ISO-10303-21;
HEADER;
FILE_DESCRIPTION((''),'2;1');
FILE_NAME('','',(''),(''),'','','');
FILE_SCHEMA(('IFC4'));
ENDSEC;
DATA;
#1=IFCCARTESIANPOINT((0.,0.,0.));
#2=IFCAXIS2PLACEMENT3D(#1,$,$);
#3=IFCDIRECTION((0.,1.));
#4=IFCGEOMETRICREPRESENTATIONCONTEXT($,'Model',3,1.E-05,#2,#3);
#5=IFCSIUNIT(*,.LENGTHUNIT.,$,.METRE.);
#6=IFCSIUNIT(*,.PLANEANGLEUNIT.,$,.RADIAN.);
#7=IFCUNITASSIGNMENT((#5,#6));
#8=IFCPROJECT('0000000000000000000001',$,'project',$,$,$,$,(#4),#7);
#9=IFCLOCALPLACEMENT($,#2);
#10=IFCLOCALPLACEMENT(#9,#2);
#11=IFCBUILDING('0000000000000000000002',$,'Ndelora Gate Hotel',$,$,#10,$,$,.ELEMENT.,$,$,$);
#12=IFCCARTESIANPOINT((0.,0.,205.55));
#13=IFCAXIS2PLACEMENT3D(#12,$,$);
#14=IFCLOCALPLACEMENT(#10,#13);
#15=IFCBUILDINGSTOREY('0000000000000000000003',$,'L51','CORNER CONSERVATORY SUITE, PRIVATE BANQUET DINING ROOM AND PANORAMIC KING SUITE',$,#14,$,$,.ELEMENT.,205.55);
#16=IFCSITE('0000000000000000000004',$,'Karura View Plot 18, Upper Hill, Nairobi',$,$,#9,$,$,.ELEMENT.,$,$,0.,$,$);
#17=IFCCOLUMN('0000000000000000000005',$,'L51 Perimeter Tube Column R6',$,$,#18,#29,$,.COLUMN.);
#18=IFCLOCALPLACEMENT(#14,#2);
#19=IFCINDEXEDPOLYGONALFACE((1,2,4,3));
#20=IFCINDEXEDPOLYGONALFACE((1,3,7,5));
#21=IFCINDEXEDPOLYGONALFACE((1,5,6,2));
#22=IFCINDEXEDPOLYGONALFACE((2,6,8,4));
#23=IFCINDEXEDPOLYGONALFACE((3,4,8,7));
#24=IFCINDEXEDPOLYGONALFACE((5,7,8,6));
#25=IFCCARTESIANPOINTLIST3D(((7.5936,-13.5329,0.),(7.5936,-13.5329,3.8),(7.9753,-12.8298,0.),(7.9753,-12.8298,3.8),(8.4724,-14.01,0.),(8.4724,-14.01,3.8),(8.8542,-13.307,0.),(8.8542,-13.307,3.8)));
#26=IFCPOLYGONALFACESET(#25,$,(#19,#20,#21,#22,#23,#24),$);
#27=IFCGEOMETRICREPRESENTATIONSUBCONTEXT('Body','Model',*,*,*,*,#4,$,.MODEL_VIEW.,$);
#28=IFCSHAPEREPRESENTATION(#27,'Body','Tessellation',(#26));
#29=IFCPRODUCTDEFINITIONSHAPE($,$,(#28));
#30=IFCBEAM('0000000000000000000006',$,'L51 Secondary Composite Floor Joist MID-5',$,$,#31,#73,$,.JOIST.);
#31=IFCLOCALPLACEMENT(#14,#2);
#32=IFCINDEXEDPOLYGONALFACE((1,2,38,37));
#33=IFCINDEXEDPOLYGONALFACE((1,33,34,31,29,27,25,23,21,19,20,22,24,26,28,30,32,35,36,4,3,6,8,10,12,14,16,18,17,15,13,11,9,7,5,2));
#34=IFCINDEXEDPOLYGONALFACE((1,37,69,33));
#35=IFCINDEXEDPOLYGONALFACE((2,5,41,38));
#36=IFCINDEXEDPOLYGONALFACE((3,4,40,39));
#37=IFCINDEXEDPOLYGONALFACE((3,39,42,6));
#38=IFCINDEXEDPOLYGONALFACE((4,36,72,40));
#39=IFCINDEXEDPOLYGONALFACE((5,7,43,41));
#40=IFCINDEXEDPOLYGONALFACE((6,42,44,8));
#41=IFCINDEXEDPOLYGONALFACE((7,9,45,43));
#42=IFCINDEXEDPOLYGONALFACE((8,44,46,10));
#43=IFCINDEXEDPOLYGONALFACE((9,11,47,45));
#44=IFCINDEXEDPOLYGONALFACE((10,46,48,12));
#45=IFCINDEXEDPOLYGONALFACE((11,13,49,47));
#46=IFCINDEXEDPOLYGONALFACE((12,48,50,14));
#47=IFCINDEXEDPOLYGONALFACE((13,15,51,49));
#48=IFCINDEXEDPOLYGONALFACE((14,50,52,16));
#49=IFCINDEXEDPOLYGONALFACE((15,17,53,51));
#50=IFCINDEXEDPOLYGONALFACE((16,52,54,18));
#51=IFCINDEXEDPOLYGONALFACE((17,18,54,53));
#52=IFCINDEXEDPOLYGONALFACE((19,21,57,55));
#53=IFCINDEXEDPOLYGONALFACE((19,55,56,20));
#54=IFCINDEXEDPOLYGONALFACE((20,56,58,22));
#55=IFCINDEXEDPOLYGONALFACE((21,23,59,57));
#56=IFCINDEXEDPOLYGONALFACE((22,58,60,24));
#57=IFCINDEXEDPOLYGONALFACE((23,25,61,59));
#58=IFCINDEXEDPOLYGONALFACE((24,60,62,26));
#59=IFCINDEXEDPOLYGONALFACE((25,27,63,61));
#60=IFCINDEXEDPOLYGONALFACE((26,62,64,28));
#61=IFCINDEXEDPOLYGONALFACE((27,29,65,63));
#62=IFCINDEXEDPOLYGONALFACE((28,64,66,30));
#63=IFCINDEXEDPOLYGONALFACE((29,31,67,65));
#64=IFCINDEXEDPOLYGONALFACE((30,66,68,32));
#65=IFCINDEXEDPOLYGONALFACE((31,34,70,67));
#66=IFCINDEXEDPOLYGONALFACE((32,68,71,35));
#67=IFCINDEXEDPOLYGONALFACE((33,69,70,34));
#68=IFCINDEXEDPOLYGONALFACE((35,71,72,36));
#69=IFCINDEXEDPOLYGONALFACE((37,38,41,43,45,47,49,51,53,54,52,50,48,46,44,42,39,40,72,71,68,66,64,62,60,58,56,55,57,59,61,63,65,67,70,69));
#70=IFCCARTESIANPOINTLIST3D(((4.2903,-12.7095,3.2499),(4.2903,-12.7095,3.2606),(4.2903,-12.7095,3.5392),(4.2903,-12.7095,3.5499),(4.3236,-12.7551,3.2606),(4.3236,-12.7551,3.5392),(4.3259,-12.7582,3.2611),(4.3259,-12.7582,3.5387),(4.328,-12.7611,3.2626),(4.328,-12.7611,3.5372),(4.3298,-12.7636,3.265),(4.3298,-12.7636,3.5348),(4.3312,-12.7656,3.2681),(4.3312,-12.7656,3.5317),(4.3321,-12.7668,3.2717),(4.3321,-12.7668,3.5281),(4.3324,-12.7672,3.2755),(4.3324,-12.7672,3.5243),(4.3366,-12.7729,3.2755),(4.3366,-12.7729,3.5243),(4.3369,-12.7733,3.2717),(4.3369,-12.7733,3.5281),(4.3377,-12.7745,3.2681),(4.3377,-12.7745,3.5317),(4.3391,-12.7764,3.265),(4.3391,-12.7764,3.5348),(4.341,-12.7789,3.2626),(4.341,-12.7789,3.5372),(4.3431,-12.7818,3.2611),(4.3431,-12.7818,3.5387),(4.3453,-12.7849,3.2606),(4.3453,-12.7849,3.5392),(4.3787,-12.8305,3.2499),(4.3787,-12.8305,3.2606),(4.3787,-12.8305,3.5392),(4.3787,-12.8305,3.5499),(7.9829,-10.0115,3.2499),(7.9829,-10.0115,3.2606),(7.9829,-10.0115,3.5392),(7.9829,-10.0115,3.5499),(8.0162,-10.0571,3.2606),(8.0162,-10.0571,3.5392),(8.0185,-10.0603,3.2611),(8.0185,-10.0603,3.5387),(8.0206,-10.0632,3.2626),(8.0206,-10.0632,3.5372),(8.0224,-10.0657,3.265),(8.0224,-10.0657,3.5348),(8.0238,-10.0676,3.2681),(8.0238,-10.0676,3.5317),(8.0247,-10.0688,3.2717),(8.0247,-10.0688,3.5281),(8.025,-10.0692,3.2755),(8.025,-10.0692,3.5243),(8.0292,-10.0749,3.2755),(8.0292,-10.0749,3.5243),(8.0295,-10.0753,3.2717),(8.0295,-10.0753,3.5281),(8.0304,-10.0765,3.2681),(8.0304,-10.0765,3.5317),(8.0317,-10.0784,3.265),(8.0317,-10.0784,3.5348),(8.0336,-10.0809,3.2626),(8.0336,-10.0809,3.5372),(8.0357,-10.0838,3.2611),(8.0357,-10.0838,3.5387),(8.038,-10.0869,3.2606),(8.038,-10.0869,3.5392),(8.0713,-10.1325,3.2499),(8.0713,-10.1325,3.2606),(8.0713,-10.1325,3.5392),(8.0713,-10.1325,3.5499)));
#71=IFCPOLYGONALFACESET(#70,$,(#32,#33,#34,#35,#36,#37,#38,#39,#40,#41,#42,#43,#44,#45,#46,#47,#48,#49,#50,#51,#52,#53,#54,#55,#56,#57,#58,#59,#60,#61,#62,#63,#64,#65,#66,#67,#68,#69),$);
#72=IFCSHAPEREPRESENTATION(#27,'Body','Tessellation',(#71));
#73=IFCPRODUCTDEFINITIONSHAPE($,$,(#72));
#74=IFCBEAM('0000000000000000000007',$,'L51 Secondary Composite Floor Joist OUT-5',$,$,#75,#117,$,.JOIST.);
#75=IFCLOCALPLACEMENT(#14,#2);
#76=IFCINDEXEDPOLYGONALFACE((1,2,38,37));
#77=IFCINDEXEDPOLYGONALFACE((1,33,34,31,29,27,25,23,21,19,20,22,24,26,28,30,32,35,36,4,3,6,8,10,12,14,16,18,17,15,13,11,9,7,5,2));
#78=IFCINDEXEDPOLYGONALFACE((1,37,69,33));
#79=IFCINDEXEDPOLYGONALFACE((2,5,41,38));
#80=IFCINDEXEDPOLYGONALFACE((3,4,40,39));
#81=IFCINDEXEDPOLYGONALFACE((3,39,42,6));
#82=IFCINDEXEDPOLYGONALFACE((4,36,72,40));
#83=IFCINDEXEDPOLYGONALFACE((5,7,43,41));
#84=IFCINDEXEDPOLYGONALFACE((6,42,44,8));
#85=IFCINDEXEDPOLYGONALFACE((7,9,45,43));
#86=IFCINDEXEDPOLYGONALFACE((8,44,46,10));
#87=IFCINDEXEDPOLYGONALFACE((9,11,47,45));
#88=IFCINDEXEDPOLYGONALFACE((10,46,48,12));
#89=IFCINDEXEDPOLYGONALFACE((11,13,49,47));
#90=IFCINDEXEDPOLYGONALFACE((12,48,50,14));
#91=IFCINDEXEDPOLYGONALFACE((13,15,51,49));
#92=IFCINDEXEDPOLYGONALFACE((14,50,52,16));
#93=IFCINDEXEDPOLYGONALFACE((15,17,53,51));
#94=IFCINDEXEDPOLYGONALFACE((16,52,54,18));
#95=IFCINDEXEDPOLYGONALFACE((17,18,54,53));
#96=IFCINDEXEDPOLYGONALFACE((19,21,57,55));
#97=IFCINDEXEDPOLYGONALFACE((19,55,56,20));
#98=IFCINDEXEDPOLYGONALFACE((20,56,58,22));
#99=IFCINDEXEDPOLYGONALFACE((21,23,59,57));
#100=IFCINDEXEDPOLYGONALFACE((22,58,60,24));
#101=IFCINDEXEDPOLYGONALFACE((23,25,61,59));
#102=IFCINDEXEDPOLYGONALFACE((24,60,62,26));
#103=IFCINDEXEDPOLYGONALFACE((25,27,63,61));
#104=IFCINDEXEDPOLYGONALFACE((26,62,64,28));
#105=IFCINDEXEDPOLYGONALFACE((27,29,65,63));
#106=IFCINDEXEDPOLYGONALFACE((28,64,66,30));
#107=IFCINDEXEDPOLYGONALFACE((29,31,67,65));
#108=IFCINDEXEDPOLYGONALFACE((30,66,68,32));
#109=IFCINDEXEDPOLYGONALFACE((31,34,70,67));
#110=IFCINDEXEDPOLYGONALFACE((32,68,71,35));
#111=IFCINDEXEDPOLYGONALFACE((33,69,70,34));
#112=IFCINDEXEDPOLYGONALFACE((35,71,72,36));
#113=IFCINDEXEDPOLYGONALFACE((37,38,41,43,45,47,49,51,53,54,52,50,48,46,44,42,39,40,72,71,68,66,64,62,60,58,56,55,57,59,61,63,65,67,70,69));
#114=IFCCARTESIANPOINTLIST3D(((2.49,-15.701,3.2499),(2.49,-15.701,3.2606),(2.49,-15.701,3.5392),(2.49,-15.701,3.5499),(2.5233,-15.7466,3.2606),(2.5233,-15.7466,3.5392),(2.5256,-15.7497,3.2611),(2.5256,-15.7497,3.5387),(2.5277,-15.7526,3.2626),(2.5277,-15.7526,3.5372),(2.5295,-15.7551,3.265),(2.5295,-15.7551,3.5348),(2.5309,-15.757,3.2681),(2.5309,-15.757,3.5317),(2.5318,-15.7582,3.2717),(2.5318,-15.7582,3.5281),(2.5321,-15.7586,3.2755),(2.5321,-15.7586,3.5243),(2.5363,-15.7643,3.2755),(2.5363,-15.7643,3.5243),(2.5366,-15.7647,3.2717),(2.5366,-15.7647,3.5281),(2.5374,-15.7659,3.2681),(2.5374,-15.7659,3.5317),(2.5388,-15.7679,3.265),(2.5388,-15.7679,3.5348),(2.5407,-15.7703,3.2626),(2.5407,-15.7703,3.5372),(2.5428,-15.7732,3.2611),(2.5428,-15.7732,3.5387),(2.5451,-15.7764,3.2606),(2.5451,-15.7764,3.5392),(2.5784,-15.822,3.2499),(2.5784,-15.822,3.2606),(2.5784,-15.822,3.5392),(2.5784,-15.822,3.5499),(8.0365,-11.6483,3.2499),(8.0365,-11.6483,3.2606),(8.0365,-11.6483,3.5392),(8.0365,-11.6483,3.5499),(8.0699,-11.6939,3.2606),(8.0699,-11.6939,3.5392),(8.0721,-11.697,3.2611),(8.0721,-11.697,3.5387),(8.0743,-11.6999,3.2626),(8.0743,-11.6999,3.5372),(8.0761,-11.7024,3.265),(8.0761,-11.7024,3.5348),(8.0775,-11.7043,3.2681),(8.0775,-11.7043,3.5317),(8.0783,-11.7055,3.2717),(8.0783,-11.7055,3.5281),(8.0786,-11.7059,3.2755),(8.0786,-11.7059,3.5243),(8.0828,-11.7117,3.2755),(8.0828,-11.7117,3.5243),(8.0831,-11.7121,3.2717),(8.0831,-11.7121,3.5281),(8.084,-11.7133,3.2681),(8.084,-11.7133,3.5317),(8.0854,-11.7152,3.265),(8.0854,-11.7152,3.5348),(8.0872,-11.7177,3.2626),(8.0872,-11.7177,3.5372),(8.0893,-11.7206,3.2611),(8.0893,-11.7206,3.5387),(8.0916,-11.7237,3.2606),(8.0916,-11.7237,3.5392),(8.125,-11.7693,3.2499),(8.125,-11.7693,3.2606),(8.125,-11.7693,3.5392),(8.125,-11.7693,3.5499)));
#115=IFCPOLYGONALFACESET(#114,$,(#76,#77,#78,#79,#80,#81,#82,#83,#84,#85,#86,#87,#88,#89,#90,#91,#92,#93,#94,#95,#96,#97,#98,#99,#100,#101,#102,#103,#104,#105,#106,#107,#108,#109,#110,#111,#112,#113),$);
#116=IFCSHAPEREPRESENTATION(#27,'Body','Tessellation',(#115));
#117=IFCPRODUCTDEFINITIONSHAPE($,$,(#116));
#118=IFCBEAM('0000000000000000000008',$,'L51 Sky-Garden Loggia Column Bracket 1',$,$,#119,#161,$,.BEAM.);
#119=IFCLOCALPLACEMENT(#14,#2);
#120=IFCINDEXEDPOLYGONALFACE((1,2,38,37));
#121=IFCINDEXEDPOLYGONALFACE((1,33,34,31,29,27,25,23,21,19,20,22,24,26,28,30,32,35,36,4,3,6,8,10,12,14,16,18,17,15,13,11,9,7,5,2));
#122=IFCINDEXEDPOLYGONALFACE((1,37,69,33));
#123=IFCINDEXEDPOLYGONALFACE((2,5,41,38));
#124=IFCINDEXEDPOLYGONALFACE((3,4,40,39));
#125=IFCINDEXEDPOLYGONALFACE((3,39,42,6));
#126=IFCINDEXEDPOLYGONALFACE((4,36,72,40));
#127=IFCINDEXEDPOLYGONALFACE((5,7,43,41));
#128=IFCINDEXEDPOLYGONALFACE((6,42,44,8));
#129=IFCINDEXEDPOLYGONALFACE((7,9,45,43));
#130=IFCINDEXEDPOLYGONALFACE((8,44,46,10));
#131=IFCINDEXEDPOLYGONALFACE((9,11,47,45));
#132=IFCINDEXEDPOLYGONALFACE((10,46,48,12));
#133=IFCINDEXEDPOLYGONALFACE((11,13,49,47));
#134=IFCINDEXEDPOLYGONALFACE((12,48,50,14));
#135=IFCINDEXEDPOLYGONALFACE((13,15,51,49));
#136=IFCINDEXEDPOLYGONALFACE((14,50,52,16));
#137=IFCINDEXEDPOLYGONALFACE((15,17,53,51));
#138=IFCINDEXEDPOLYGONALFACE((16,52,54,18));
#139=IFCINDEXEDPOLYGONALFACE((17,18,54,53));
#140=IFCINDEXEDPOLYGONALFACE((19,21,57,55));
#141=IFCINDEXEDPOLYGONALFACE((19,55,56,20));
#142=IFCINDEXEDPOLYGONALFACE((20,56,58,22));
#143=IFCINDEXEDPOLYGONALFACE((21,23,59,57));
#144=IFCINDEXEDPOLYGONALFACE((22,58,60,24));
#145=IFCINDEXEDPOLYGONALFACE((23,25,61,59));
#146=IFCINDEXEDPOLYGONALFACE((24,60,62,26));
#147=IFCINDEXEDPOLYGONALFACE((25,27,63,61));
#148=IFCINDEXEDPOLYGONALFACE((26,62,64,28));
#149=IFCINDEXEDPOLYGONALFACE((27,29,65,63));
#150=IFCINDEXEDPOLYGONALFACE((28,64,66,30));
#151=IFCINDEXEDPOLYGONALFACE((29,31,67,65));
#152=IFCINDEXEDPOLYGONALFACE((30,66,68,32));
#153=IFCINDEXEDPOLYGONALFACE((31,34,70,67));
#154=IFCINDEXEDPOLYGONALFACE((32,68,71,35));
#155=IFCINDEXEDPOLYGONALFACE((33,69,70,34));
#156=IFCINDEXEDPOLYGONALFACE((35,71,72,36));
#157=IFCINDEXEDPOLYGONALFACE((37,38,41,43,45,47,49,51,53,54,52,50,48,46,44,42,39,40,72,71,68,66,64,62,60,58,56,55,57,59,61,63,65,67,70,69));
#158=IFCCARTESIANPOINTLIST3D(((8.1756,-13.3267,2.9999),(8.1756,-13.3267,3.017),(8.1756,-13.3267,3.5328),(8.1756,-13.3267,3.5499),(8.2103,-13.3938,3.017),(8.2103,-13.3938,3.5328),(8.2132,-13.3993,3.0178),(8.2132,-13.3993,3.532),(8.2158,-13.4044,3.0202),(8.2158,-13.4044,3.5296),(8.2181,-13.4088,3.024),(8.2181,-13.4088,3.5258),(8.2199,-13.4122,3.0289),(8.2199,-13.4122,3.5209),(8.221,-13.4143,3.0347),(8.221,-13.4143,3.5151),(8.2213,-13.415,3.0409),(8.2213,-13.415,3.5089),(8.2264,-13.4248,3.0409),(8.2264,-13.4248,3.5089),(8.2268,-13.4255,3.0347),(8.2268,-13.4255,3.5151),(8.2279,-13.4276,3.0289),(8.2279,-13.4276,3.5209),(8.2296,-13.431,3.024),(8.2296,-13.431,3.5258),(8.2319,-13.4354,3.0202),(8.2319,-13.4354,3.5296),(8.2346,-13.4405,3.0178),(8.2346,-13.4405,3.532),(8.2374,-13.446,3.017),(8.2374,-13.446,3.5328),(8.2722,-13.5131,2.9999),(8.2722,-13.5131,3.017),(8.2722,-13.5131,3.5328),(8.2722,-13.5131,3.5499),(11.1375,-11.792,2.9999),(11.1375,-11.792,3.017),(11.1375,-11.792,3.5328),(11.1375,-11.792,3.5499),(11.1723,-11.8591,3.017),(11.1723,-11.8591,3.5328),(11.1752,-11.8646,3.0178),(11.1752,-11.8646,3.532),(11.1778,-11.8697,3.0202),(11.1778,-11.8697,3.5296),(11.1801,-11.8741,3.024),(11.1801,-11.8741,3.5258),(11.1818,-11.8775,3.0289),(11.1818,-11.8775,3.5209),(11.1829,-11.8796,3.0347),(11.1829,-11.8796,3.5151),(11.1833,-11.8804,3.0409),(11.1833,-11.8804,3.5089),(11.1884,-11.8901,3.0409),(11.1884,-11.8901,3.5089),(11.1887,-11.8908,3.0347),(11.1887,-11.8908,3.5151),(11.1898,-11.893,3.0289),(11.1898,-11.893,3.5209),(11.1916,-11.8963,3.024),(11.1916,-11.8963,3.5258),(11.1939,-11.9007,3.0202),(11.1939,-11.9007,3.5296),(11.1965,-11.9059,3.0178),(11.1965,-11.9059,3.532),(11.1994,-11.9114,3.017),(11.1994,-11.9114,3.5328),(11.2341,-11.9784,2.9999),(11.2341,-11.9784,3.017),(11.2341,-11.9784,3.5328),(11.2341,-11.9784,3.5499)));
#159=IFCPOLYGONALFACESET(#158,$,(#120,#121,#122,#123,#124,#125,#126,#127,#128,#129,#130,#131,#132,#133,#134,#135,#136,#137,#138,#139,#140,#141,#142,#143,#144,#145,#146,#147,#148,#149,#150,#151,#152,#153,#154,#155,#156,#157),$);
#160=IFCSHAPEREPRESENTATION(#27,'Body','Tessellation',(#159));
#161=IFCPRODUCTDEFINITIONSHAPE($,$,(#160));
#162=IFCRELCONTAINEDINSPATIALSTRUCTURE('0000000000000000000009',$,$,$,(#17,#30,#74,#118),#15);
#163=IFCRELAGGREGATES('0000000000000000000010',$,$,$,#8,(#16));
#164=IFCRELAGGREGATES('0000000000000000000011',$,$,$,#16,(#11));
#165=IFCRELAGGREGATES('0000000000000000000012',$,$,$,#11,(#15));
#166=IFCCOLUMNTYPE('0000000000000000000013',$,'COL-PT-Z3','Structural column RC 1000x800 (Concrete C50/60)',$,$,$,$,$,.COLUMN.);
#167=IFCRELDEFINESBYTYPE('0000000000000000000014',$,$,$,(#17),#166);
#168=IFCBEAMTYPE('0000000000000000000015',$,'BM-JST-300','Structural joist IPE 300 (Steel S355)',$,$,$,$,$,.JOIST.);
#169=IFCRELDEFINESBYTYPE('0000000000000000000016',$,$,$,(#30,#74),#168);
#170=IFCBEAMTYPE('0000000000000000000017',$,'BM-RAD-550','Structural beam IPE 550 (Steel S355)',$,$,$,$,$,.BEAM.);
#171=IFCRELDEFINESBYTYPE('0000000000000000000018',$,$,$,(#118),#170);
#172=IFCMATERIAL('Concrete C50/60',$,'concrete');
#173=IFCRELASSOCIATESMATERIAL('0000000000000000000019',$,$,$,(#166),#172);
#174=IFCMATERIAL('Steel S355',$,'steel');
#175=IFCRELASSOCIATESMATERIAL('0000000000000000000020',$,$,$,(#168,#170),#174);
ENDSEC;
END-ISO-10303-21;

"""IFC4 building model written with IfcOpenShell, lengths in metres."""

from ifc_helpers import new_model, si_unit, direction, frame, origin, origin_2d, place, context, subcontext, project, spatial, rectangle, i_section, extrude, material, material_profile, profile_set, type_object, element, save


model = new_model("IFC4")

# Units and contexts
model_context = context("Model", 3, precision=1e-05, world=origin(), true_north=direction((0.0, 1.0)))
body_context = subcontext(model_context, "Body", "Model", "MODEL_VIEW")
ifc_project = project(units=[si_unit("LENGTHUNIT", "METRE"), si_unit("PLANEANGLEUNIT", "RADIAN")], contexts=[model_context])

# Site, building, storey
site_placement = place(None, origin())
site = spatial("IfcSite", under=ifc_project, at=site_placement, Name="Karura View Plot 18, Upper Hill, Nairobi", CompositionType="ELEMENT", RefElevation=0.0)
building_placement = place(site_placement, origin())
building = spatial("IfcBuilding", under=site, at=building_placement, Name="Ndelora Gate Hotel", CompositionType="ELEMENT")
storey_placement = place(building_placement, frame((0.0, 0.0, 205.55)))
storey = spatial("IfcBuildingStorey", under=building, at=storey_placement, Name="L51", Description="CORNER CONSERVATORY SUITE, PRIVATE BANQUET DINING ROOM AND PANORAMIC KING SUITE", CompositionType="ELEMENT", Elevation=205.55)

# Column
ifc_material_1 = material(Name="Concrete C50/60", Category="concrete")
ifc_material_profile_1 = material_profile(ifc_material_1, rectangle(XDim=0.8, YDim=1.0, at=origin_2d()), Name="RC 1000x800")
ifc_profile_set_1 = profile_set([ifc_material_profile_1], Name="Concrete C50/60")
column_type = type_object("IfcColumnType", Name="COL-PT-Z3", Description="Structural column RC 1000x800 (Concrete C50/60)", PredefinedType="COLUMN", material=ifc_profile_set_1)
column_placement = place(storey_placement, frame((8.2239, -13.4199, 0.0), z_axis=(0.0, 0.0, 1.0), x_axis=(0.477159, 0.878817, 0.0)))
element("IfcColumn", 1, at=column_placement, inside=storey, type_object=column_type, Name="L51 Perimeter Tube Column R6", PredefinedType="COLUMN", context=body_context, shape_type="SweptSolid", body=[
    extrude(rectangle(XDim=0.8, YDim=1.0, at=origin_2d()), origin(), (0.0, 0.0, 1.0), 3.8),
])

# Beams
ifc_material_2 = material(Name="Steel S355", Category="steel")
ifc_material_profile_2 = material_profile(ifc_material_2, i_section(OverallWidth=0.1499, OverallDepth=0.3, WebThickness=0.0071, FlangeThickness=0.0107, FilletRadius=0.0149, at=origin_2d()), Name="IPE 300")
ifc_profile_set_2 = profile_set([ifc_material_profile_2], Name="Steel S355")
beam_type_1 = type_object("IfcBeamType", Name="BM-JST-300", Description="Structural joist IPE 300 (Steel S355)", PredefinedType="JOIST", material=ifc_profile_set_2)
beam_1_placement = place(storey_placement, frame((4.3345, -12.77, 3.3999), z_axis=(0.807439, 0.589951, 0.0), x_axis=(-0.589951, 0.807439, 0.0)))
element("IfcBeam", 2, at=beam_1_placement, inside=storey, type_object=beam_type_1, Name="L51 Secondary Composite Floor Joist MID-5", PredefinedType="JOIST", context=body_context, shape_type="SweptSolid", body=[
    extrude(i_section(OverallWidth=0.1499, OverallDepth=0.3, WebThickness=0.0071, FlangeThickness=0.0107, FilletRadius=0.0149, at=origin_2d()), origin(), (0.0, 0.0, 1.0), 4.5732),
])
beam_2_placement = place(storey_placement, frame((2.5342, -15.7615, 3.3999), z_axis=(0.807431, 0.589962, 0.0), x_axis=(-0.589962, 0.807431, 0.0)))
element("IfcBeam", 3, at=beam_2_placement, inside=storey, type_object=beam_type_1, Name="L51 Secondary Composite Floor Joist OUT-5", PredefinedType="JOIST", context=body_context, shape_type="SweptSolid", body=[
    extrude(i_section(OverallWidth=0.1499, OverallDepth=0.3, WebThickness=0.0071, FlangeThickness=0.0107, FilletRadius=0.0149, at=origin_2d()), origin(), (0.0, 0.0, 1.0), 6.8694),
])
ifc_material_profile_3 = material_profile(ifc_material_2, i_section(OverallWidth=0.21, OverallDepth=0.55, WebThickness=0.011, FlangeThickness=0.0171, FilletRadius=0.0239, at=origin_2d()), Name="IPE 550")
ifc_profile_set_3 = profile_set([ifc_material_profile_3], Name="Steel S355")
beam_type_2 = type_object("IfcBeamType", Name="BM-RAD-550", Description="Structural beam IPE 550 (Steel S355)", PredefinedType="BEAM", material=ifc_profile_set_3)
beam_3_placement = place(storey_placement, frame((8.2239, -13.4199, 3.2749), z_axis=(0.887894, 0.460048, 0.0), x_axis=(-0.460048, 0.887894, 0.0)))
element("IfcBeam", 4, at=beam_3_placement, inside=storey, type_object=beam_type_2, Name="L51 Sky-Garden Loggia Column Bracket 1", PredefinedType="BEAM", context=body_context, shape_type="SweptSolid", body=[
    extrude(i_section(OverallWidth=0.21, OverallDepth=0.55, WebThickness=0.011, FlangeThickness=0.0171, FilletRadius=0.0239, at=origin_2d()), origin(), (0.0, 0.0, 1.0), 3.3359),
])

save(model, "model.ifc")
